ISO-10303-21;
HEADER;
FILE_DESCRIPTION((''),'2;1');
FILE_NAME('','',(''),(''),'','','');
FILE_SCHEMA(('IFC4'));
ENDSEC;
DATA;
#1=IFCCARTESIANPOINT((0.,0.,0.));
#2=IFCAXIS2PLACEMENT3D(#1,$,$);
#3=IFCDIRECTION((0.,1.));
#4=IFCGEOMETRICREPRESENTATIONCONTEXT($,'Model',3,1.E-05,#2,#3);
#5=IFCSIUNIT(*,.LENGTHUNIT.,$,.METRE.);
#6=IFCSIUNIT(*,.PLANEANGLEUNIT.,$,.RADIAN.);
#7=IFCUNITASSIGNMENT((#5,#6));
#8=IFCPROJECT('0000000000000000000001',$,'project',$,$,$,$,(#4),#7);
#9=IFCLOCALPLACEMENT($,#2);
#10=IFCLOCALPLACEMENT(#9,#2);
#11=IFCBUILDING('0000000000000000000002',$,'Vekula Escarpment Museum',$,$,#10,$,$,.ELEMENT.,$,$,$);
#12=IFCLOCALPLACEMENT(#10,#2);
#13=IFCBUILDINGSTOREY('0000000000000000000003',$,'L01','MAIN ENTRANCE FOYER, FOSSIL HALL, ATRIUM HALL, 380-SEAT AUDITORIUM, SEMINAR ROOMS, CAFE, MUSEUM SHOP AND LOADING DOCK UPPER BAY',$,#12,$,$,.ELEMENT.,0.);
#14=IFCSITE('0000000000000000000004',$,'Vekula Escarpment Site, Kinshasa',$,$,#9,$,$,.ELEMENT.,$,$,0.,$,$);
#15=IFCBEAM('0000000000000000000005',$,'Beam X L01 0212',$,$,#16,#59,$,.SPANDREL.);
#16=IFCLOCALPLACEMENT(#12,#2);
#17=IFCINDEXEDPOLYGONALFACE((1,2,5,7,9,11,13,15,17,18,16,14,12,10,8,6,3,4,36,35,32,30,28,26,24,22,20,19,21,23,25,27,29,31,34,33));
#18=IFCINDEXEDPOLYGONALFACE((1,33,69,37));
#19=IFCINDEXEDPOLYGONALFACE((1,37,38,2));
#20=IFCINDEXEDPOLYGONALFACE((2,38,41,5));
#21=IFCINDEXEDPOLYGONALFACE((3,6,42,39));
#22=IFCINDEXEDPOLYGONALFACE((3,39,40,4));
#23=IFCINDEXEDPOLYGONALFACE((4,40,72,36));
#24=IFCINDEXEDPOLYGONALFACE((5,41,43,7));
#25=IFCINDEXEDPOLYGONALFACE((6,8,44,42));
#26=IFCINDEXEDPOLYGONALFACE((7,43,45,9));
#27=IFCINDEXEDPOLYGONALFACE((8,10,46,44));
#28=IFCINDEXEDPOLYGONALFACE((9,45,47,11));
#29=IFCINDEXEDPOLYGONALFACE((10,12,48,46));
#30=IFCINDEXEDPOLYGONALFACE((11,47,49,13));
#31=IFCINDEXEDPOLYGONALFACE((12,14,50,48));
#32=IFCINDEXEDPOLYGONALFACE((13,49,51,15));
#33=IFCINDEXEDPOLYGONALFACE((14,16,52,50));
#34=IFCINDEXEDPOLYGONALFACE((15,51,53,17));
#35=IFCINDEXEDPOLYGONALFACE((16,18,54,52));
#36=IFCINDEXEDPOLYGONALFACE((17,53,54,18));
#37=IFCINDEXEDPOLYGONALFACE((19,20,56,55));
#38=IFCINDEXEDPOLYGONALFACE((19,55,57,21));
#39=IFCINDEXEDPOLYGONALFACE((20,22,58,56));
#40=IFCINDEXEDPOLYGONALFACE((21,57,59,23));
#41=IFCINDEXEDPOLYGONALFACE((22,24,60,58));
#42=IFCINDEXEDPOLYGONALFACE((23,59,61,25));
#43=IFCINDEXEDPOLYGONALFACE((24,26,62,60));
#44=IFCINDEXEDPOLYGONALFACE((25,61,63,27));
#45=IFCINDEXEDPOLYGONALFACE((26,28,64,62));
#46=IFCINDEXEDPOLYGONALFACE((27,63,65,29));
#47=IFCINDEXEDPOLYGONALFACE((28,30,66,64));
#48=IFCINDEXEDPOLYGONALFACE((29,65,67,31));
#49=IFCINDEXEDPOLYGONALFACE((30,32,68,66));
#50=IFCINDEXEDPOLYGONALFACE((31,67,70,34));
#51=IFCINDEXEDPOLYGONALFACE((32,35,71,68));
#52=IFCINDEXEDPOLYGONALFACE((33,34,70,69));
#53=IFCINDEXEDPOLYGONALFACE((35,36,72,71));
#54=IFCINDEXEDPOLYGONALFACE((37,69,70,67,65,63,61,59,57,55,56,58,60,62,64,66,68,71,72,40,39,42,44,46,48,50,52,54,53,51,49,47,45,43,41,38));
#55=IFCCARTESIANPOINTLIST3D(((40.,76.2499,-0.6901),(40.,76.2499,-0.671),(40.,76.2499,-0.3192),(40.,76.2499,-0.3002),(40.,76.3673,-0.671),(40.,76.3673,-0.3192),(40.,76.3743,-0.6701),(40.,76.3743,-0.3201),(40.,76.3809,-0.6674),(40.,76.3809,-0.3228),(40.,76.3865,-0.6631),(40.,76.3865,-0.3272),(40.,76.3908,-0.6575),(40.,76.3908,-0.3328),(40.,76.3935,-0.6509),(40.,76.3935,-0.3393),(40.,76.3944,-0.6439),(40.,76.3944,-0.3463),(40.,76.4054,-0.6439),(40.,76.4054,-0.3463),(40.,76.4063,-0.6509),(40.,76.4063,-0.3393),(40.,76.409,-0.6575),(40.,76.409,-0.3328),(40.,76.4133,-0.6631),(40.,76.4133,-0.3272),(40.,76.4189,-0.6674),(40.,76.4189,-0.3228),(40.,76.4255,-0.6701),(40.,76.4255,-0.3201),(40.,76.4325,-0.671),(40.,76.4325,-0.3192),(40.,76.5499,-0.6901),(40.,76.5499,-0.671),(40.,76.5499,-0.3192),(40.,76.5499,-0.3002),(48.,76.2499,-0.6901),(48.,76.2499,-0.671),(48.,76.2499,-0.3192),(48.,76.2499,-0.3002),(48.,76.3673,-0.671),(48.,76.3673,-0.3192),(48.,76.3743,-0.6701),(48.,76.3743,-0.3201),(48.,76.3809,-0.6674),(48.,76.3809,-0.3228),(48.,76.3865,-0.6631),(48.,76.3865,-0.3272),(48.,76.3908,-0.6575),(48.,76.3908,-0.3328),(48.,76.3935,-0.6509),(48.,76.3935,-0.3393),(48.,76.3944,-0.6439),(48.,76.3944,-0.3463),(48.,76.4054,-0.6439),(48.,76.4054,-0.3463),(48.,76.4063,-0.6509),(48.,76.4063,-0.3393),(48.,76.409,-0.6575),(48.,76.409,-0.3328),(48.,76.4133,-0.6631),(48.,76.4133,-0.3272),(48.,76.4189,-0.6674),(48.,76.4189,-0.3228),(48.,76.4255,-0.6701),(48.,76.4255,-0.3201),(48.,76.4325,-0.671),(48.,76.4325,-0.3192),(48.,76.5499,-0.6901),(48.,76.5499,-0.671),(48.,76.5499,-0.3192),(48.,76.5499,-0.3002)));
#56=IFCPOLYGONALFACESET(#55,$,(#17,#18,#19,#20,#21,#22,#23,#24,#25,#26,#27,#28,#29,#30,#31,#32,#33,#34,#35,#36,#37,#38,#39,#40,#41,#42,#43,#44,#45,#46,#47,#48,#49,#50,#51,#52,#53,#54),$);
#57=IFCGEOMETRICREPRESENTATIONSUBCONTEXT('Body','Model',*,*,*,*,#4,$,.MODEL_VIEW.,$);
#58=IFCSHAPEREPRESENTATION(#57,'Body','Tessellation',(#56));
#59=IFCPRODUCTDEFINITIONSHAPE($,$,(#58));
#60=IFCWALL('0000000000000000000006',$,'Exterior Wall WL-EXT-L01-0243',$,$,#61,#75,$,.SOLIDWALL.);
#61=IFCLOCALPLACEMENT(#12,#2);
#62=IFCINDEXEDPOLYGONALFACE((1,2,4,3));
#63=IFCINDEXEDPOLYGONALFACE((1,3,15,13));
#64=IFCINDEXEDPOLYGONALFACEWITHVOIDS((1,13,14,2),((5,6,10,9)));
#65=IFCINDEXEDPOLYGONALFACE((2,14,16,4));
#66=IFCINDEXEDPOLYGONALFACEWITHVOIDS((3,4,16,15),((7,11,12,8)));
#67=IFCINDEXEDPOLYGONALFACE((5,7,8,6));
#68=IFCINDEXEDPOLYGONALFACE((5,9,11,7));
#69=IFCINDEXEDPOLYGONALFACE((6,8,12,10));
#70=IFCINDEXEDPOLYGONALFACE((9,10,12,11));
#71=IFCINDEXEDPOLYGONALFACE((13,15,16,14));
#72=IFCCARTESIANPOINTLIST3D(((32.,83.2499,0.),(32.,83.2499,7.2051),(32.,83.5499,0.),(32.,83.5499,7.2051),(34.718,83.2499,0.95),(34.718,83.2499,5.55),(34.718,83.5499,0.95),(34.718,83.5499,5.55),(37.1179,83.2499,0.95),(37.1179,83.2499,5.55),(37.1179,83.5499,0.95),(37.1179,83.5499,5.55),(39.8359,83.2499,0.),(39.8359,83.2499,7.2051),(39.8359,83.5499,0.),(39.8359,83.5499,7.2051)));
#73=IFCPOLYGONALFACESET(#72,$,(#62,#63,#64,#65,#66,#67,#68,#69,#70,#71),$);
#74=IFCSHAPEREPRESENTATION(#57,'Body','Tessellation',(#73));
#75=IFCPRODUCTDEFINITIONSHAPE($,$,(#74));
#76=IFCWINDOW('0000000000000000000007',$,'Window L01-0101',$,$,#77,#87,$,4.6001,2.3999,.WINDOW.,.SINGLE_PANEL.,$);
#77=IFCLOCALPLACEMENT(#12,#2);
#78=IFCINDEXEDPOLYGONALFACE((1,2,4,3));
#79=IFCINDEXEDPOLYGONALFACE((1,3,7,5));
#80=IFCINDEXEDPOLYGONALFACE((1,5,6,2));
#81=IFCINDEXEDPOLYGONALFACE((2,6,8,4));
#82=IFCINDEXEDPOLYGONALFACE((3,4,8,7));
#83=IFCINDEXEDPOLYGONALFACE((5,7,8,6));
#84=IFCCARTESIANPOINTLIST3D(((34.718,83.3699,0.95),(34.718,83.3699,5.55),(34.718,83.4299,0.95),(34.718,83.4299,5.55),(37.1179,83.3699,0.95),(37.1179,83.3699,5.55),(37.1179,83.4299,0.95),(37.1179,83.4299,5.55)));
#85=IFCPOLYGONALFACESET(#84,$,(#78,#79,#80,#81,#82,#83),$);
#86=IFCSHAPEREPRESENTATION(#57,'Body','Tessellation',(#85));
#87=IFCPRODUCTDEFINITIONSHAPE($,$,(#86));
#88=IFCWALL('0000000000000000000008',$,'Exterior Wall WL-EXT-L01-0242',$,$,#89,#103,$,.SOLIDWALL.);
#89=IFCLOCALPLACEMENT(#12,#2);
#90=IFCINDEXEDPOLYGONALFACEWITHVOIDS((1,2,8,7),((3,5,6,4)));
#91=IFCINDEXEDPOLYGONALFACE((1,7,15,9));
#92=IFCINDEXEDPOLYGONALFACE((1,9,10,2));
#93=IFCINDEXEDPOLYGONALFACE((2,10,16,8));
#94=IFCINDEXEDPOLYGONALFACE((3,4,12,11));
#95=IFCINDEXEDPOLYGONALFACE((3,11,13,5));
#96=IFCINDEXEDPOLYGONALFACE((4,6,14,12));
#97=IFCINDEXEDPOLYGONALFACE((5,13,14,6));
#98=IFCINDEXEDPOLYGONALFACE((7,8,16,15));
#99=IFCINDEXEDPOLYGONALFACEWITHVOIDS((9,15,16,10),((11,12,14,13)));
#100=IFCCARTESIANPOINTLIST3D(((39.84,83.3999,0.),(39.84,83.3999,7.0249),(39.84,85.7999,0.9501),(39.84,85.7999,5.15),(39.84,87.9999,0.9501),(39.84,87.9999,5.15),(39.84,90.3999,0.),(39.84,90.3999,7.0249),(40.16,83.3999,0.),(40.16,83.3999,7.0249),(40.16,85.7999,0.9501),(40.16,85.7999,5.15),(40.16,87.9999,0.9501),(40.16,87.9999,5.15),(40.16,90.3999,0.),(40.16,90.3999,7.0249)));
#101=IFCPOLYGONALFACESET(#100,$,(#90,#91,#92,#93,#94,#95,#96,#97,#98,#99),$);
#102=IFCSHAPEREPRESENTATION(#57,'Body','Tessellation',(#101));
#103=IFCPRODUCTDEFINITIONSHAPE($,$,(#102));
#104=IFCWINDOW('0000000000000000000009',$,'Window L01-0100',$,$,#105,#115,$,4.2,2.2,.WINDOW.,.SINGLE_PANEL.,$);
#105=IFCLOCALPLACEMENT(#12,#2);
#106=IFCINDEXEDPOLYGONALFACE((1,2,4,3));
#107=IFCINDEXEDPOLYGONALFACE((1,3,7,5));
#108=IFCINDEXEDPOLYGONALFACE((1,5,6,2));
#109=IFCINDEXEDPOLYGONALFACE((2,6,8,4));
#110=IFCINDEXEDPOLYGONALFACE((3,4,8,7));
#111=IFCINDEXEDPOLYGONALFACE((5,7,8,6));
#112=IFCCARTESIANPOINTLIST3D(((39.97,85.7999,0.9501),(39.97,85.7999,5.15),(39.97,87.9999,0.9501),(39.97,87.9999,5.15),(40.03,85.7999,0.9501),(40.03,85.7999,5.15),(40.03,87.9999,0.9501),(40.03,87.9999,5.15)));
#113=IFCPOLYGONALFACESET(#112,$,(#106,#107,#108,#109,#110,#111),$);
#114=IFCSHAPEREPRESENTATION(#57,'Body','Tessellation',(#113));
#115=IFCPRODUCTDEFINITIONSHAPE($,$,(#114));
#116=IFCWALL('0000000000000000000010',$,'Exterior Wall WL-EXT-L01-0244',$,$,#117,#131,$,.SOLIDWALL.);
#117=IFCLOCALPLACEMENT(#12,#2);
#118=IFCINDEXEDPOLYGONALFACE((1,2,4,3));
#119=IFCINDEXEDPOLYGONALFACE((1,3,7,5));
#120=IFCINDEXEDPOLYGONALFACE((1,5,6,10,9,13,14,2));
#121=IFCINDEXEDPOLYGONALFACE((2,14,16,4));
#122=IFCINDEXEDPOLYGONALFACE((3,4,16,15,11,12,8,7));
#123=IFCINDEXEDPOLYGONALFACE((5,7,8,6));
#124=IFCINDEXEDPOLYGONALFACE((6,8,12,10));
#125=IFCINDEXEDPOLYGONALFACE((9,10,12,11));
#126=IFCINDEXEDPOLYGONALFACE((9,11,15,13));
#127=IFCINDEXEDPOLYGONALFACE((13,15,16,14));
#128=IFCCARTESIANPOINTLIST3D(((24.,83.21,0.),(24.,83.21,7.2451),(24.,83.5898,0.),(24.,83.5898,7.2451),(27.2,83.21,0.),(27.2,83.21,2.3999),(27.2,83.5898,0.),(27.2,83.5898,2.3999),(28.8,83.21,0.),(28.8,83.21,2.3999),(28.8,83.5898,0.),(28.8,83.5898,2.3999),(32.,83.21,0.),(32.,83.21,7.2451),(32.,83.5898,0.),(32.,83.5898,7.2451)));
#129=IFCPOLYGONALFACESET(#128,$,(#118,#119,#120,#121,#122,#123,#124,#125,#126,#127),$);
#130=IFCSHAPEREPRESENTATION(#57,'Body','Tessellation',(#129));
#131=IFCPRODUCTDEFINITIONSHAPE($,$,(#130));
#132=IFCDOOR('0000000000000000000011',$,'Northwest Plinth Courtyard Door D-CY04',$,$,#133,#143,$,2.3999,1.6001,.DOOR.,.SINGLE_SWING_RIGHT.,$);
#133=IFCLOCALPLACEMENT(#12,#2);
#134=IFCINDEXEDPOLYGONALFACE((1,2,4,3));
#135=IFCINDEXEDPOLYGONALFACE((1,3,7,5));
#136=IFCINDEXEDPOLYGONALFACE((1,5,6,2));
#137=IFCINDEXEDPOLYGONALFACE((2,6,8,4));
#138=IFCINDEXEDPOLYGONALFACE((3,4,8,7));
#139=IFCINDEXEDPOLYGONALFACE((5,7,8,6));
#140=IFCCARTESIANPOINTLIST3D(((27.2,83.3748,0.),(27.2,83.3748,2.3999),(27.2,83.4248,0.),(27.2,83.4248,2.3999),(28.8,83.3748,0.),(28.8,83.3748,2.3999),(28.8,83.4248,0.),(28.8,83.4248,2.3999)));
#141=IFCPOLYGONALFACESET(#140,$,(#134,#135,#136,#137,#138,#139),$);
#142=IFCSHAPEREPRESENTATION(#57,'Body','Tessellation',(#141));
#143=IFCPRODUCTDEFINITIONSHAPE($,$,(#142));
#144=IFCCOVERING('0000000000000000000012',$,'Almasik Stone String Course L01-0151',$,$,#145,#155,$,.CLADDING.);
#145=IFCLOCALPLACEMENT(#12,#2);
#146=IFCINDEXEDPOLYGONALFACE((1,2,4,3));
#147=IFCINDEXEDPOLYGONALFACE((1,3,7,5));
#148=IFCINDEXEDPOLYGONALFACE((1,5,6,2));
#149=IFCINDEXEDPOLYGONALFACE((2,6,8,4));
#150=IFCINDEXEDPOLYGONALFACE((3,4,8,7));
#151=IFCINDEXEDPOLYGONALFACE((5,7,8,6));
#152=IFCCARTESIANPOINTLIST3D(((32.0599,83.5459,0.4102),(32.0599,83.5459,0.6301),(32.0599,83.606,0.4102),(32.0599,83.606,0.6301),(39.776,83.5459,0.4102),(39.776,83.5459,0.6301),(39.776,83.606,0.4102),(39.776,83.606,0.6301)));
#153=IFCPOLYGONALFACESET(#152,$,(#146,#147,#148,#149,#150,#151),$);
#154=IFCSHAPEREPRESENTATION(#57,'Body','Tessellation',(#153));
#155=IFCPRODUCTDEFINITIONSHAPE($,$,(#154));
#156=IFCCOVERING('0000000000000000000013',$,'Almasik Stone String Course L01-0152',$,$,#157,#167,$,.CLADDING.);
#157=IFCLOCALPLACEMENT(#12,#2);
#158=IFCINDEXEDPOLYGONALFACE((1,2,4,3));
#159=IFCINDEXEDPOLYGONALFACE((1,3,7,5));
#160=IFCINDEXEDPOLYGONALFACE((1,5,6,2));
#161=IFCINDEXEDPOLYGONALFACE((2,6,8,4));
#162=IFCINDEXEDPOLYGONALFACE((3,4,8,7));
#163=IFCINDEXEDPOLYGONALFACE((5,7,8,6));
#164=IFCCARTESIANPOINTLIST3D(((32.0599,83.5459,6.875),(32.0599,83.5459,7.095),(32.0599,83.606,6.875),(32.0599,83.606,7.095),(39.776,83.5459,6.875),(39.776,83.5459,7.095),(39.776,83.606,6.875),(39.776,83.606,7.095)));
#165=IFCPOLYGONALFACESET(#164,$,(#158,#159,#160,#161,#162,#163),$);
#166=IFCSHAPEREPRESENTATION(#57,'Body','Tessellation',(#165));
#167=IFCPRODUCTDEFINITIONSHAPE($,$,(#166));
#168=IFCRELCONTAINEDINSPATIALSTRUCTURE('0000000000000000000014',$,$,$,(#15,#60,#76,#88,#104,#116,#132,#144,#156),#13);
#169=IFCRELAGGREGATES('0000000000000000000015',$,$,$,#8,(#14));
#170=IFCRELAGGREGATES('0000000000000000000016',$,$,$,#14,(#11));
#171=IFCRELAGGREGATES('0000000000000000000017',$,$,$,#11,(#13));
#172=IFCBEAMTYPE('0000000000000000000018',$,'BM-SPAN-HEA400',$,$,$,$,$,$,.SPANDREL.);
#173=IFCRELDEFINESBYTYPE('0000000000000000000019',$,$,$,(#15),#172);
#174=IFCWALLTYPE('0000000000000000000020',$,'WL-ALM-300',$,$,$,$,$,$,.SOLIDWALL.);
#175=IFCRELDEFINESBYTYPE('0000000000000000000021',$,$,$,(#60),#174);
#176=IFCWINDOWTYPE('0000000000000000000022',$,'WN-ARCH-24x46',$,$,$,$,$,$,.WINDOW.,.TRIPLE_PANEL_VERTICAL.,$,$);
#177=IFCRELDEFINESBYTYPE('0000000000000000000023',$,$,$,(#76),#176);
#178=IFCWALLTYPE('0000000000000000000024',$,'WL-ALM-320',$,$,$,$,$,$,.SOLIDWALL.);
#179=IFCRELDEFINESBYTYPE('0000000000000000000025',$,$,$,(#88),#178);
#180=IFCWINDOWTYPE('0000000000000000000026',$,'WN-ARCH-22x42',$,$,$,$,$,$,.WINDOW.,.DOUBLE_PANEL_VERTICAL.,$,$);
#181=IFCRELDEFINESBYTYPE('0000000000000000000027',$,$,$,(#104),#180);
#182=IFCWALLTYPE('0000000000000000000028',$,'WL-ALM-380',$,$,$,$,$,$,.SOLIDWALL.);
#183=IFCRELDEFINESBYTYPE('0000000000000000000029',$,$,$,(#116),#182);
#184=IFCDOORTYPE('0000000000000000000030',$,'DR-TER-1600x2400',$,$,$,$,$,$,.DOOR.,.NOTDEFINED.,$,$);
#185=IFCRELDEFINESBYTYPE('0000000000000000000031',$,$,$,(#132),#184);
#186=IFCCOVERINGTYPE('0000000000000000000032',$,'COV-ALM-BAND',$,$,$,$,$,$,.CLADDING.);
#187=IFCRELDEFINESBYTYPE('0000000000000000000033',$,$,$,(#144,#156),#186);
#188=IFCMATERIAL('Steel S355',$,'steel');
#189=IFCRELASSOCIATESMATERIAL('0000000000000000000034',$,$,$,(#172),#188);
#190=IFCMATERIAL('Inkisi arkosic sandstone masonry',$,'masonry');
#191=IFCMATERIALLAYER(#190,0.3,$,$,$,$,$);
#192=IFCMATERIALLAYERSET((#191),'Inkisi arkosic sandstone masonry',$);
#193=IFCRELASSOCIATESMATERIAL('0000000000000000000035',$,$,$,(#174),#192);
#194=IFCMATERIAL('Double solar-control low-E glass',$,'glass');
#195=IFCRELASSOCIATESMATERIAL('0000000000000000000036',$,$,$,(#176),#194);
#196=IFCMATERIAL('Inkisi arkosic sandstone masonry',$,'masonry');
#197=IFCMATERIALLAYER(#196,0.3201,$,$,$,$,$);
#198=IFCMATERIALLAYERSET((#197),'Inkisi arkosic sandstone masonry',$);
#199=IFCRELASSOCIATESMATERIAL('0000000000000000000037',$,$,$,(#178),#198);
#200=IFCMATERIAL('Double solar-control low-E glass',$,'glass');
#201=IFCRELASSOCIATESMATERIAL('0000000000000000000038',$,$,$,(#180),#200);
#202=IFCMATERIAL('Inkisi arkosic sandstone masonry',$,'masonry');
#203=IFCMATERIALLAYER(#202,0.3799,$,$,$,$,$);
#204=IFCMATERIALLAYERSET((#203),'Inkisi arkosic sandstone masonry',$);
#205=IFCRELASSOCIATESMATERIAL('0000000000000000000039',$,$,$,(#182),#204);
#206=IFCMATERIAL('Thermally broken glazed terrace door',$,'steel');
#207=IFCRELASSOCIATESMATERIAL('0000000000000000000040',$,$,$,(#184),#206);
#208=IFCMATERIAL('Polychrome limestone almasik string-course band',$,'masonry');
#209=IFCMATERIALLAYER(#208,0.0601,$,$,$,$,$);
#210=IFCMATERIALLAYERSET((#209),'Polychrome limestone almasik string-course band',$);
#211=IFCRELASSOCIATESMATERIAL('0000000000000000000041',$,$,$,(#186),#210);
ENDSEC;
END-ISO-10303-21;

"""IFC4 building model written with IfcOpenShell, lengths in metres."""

from ifc_helpers import new_model, si_unit, direction, frame, frame_2d, origin, origin_2d, place, context, subcontext, project, spatial, rectangle, i_section, extrude, material, layer, layer_set, material_profile, profile_set, type_object, element, fill, save


model = new_model("IFC4")

# Units and contexts
model_context = context("Model", 3, precision=1e-05, world=origin(), true_north=direction((0.0, 1.0)))
body_context = subcontext(model_context, "Body", "Model", "MODEL_VIEW")
ifc_project = project(units=[si_unit("LENGTHUNIT", "METRE"), si_unit("PLANEANGLEUNIT", "RADIAN")], contexts=[model_context])

# Site, building, storey
site_placement = place(None, origin())
site = spatial("IfcSite", under=ifc_project, at=site_placement, Name="Vekula Escarpment Site, Kinshasa", CompositionType="ELEMENT", RefElevation=0.0)
building_placement = place(site_placement, origin())
building = spatial("IfcBuilding", under=site, at=building_placement, Name="Vekula Escarpment Museum", CompositionType="ELEMENT")
storey_placement = place(building_placement, origin())
storey = spatial("IfcBuildingStorey", under=building, at=storey_placement, Name="L01", Description="MAIN ENTRANCE FOYER, FOSSIL HALL, ATRIUM HALL, 380-SEAT AUDITORIUM, SEMINAR ROOMS, CAFE, MUSEUM SHOP AND LOADING DOCK UPPER BAY", CompositionType="ELEMENT", Elevation=0.0)

# Beam
ifc_material_1 = material(Name="Steel S355", Category="steel")
ifc_material_profile_1 = material_profile(ifc_material_1, i_section(OverallWidth=0.3, OverallDepth=0.3899, WebThickness=0.011, FlangeThickness=0.019, FilletRadius=0.0271, at=origin_2d()), Name="HEA 400")
ifc_profile_set_1 = profile_set([ifc_material_profile_1], Name="Steel S355")
beam_type_1 = type_object("IfcBeamType", Name="BM-SPAN-HEA400", PredefinedType="SPANDREL", material=ifc_profile_set_1)
for number, where, z_axis, x_axis, name in (
    (1, (40.0, 76.3999, -0.4951), (1.0, 0.0, 0.0), (0.0, 1.0, 0.0), "Beam X L01 0212"),
):
    element("IfcBeam", number, at=place(storey_placement, frame(where, z_axis=z_axis, x_axis=x_axis)), inside=storey, type_object=beam_type_1, Name=name, PredefinedType="SPANDREL", context=body_context, shape_type="SweptSolid", body=[
        extrude(i_section(OverallWidth=0.3, OverallDepth=0.3899, WebThickness=0.011, FlangeThickness=0.019, FilletRadius=0.0271, at=origin_2d()), origin(), (0.0, 0.0, 1.0), 8.0),
    ])

# Walls, openings, windows
ifc_material_2 = material(Name="Inkisi arkosic sandstone masonry", Category="masonry")
ifc_layer_1 = layer(ifc_material_2, 0.3)
ifc_layer_set_1 = layer_set([ifc_layer_1], Name="Inkisi arkosic sandstone masonry")
wall_type_1 = type_object("IfcWallType", Name="WL-ALM-300", PredefinedType="SOLIDWALL", material=ifc_layer_set_1)
wall_1_placement = place(storey_placement, frame((32.0, 83.3999, 0.0), z_axis=(0.0, 0.0, 1.0), x_axis=(1.0, 0.0, 0.0)))
wall_1 = element("IfcWall", 2, at=wall_1_placement, inside=storey, type_object=wall_type_1, Name="Exterior Wall WL-EXT-L01-0243", PredefinedType="SOLIDWALL", context=body_context, shape_type="SweptSolid", body=[
    extrude(rectangle(XDim=7.8359, YDim=0.3, at=frame_2d((3.918, 0.0))), origin(), (0.0, 0.0, 1.0), 7.2051),
])
opening_1_placement = place(wall_1_placement, frame((2.718, 0.0, 0.95)))
opening_1 = element("IfcOpeningElement", 3, at=opening_1_placement, cuts=wall_1, PredefinedType="OPENING", context=body_context, shape_type="SweptSolid", body=[
    extrude(rectangle(XDim=2.3999, YDim=4.6001, at=frame_2d((1.2, 2.3))), frame((0.0, 0.1599, 0.0), z_axis=(0.0, -1.0, 0.0), x_axis=(1.0, 0.0, 0.0)), (0.0, 0.0, 1.0), 0.3201),
])
ifc_material_3 = material(Name="Double solar-control low-E glass", Category="glass")
window_type_1 = type_object("IfcWindowType", Name="WN-ARCH-24x46", PartitioningType="TRIPLE_PANEL_VERTICAL", PredefinedType="WINDOW", material=ifc_material_3)
window_1_placement = place(opening_1_placement, origin())
window_1 = element("IfcWindow", 4, at=window_1_placement, inside=storey, type_object=window_type_1, Name="Window L01-0101", OverallHeight=4.6001, OverallWidth=2.3999, PartitioningType="SINGLE_PANEL", PredefinedType="WINDOW", context=body_context, shape_type="SweptSolid", body=[
    extrude(rectangle(XDim=2.3999, YDim=4.6001, at=frame_2d((1.2, 2.3))), frame((0.0, 0.03, 0.0), z_axis=(0.0, -1.0, 0.0), x_axis=(1.0, 0.0, 0.0)), (0.0, 0.0, 1.0), 0.0601),
])
fill(opening_1, window_1)
ifc_material_4 = material(Name="Inkisi arkosic sandstone masonry", Category="masonry")
ifc_layer_2 = layer(ifc_material_4, 0.3201)
ifc_layer_set_2 = layer_set([ifc_layer_2], Name="Inkisi arkosic sandstone masonry")
wall_type_2 = type_object("IfcWallType", Name="WL-ALM-320", PredefinedType="SOLIDWALL", material=ifc_layer_set_2)
wall_2_placement = place(storey_placement, frame((40.0, 83.3999, 0.0), z_axis=(0.0, 0.0, 1.0), x_axis=(0.0, 1.0, 0.0)))
wall_2 = element("IfcWall", 5, at=wall_2_placement, inside=storey, type_object=wall_type_2, Name="Exterior Wall WL-EXT-L01-0242", PredefinedType="SOLIDWALL", context=body_context, shape_type="SweptSolid", body=[
    extrude(rectangle(XDim=7.0, YDim=0.3201, at=frame_2d((3.5, 0.0))), origin(), (0.0, 0.0, 1.0), 7.0249),
])
opening_2_placement = place(wall_2_placement, frame((2.3999, 0.0, 0.95)))
opening_2 = element("IfcOpeningElement", 6, at=opening_2_placement, cuts=wall_2, PredefinedType="OPENING", context=body_context, shape_type="SweptSolid", body=[
    extrude(rectangle(XDim=2.2, YDim=4.2, at=frame_2d((1.1001, 2.1001))), frame((0.0, 0.1699, 0.0), z_axis=(0.0, -1.0, 0.0), x_axis=(1.0, 0.0, 0.0)), (0.0, 0.0, 1.0), 0.3401),
])
ifc_material_5 = material(Name="Double solar-control low-E glass", Category="glass")
window_type_2 = type_object("IfcWindowType", Name="WN-ARCH-22x42", PartitioningType="DOUBLE_PANEL_VERTICAL", PredefinedType="WINDOW", material=ifc_material_5)
window_2_placement = place(opening_2_placement, origin())
window_2 = element("IfcWindow", 7, at=window_2_placement, inside=storey, type_object=window_type_2, Name="Window L01-0100", OverallHeight=4.2, OverallWidth=2.2, PartitioningType="SINGLE_PANEL", PredefinedType="WINDOW", context=body_context, shape_type="SweptSolid", body=[
    extrude(rectangle(XDim=2.2, YDim=4.2, at=frame_2d((1.1001, 2.1001))), frame((0.0, 0.03, 0.0), z_axis=(0.0, -1.0, 0.0), x_axis=(1.0, 0.0, 0.0)), (0.0, 0.0, 1.0), 0.0601),
])
fill(opening_2, window_2)

# Wall, opening, door
ifc_material_6 = material(Name="Inkisi arkosic sandstone masonry", Category="masonry")
ifc_layer_3 = layer(ifc_material_6, 0.3799)
ifc_layer_set_3 = layer_set([ifc_layer_3], Name="Inkisi arkosic sandstone masonry")
wall_type_3 = type_object("IfcWallType", Name="WL-ALM-380", PredefinedType="SOLIDWALL", material=ifc_layer_set_3)
wall_3_placement = place(storey_placement, frame((24.0, 83.3999, 0.0), z_axis=(0.0, 0.0, 1.0), x_axis=(1.0, 0.0, 0.0)))
wall_3 = element("IfcWall", 8, at=wall_3_placement, inside=storey, type_object=wall_type_3, Name="Exterior Wall WL-EXT-L01-0244", PredefinedType="SOLIDWALL", context=body_context, shape_type="SweptSolid", body=[
    extrude(rectangle(XDim=8.0, YDim=0.3799, at=frame_2d((4.0, 0.0))), origin(), (0.0, 0.0, 1.0), 7.2451),
])
opening_3_placement = place(wall_3_placement, frame((3.2, 0.0, 0.0)))
opening_3 = element("IfcOpeningElement", 9, at=opening_3_placement, cuts=wall_3, PredefinedType="OPENING", context=body_context, shape_type="SweptSolid", body=[
    extrude(rectangle(XDim=1.6001, YDim=2.3999, at=frame_2d((0.8, 1.2))), frame((0.0, 0.2, 0.0), z_axis=(0.0, -1.0, 0.0), x_axis=(1.0, 0.0, 0.0)), (0.0, 0.0, 1.0), 0.3999),
])
ifc_material_7 = material(Name="Thermally broken glazed terrace door", Category="steel")
door_type = type_object("IfcDoorType", Name="DR-TER-1600x2400", OperationType="NOTDEFINED", PredefinedType="DOOR", material=ifc_material_7)
door_placement = place(opening_3_placement, origin())
door = element("IfcDoor", 10, at=door_placement, inside=storey, type_object=door_type, Name="Northwest Plinth Courtyard Door D-CY04", OperationType="SINGLE_SWING_RIGHT", OverallHeight=2.3999, OverallWidth=1.6001, PredefinedType="DOOR", context=body_context, shape_type="SweptSolid", body=[
    extrude(rectangle(XDim=1.6001, YDim=2.3999, at=frame_2d((0.8, 1.2))), frame((0.0, 0.0249, 0.0), z_axis=(0.0, -1.0, 0.0), x_axis=(1.0, 0.0, 0.0)), (0.0, 0.0, 1.0), 0.05),
])
fill(opening_3, door)

# Coverings
ifc_material_8 = material(Name="Polychrome limestone almasik string-course band", Category="masonry")
ifc_layer_4 = layer(ifc_material_8, 0.0601)
ifc_layer_set_4 = layer_set([ifc_layer_4], Name="Polychrome limestone almasik string-course band")
covering_type = type_object("IfcCoveringType", Name="COV-ALM-BAND", PredefinedType="CLADDING", material=ifc_layer_set_4)
for number, where, z_axis, x_axis, name in (
    (11, (35.918, 83.5759, 0.4102), (0.0, 0.0, 1.0), (1.0, 0.0, 0.0), "Almasik Stone String Course L01-0151"),
    (12, (35.918, 83.5759, 6.875), (0.0, 0.0, 1.0), (1.0, 0.0, 0.0), "Almasik Stone String Course L01-0152"),
):
    element("IfcCovering", number, at=place(storey_placement, frame(where, z_axis=z_axis, x_axis=x_axis)), inside=storey, type_object=covering_type, Name=name, PredefinedType="CLADDING", context=body_context, shape_type="SweptSolid", body=[
        extrude(rectangle(XDim=7.7161, YDim=0.0601, at=origin_2d()), origin(), (0.0, 0.0, 1.0), 0.22),
    ])

save(model, "model.ifc")
